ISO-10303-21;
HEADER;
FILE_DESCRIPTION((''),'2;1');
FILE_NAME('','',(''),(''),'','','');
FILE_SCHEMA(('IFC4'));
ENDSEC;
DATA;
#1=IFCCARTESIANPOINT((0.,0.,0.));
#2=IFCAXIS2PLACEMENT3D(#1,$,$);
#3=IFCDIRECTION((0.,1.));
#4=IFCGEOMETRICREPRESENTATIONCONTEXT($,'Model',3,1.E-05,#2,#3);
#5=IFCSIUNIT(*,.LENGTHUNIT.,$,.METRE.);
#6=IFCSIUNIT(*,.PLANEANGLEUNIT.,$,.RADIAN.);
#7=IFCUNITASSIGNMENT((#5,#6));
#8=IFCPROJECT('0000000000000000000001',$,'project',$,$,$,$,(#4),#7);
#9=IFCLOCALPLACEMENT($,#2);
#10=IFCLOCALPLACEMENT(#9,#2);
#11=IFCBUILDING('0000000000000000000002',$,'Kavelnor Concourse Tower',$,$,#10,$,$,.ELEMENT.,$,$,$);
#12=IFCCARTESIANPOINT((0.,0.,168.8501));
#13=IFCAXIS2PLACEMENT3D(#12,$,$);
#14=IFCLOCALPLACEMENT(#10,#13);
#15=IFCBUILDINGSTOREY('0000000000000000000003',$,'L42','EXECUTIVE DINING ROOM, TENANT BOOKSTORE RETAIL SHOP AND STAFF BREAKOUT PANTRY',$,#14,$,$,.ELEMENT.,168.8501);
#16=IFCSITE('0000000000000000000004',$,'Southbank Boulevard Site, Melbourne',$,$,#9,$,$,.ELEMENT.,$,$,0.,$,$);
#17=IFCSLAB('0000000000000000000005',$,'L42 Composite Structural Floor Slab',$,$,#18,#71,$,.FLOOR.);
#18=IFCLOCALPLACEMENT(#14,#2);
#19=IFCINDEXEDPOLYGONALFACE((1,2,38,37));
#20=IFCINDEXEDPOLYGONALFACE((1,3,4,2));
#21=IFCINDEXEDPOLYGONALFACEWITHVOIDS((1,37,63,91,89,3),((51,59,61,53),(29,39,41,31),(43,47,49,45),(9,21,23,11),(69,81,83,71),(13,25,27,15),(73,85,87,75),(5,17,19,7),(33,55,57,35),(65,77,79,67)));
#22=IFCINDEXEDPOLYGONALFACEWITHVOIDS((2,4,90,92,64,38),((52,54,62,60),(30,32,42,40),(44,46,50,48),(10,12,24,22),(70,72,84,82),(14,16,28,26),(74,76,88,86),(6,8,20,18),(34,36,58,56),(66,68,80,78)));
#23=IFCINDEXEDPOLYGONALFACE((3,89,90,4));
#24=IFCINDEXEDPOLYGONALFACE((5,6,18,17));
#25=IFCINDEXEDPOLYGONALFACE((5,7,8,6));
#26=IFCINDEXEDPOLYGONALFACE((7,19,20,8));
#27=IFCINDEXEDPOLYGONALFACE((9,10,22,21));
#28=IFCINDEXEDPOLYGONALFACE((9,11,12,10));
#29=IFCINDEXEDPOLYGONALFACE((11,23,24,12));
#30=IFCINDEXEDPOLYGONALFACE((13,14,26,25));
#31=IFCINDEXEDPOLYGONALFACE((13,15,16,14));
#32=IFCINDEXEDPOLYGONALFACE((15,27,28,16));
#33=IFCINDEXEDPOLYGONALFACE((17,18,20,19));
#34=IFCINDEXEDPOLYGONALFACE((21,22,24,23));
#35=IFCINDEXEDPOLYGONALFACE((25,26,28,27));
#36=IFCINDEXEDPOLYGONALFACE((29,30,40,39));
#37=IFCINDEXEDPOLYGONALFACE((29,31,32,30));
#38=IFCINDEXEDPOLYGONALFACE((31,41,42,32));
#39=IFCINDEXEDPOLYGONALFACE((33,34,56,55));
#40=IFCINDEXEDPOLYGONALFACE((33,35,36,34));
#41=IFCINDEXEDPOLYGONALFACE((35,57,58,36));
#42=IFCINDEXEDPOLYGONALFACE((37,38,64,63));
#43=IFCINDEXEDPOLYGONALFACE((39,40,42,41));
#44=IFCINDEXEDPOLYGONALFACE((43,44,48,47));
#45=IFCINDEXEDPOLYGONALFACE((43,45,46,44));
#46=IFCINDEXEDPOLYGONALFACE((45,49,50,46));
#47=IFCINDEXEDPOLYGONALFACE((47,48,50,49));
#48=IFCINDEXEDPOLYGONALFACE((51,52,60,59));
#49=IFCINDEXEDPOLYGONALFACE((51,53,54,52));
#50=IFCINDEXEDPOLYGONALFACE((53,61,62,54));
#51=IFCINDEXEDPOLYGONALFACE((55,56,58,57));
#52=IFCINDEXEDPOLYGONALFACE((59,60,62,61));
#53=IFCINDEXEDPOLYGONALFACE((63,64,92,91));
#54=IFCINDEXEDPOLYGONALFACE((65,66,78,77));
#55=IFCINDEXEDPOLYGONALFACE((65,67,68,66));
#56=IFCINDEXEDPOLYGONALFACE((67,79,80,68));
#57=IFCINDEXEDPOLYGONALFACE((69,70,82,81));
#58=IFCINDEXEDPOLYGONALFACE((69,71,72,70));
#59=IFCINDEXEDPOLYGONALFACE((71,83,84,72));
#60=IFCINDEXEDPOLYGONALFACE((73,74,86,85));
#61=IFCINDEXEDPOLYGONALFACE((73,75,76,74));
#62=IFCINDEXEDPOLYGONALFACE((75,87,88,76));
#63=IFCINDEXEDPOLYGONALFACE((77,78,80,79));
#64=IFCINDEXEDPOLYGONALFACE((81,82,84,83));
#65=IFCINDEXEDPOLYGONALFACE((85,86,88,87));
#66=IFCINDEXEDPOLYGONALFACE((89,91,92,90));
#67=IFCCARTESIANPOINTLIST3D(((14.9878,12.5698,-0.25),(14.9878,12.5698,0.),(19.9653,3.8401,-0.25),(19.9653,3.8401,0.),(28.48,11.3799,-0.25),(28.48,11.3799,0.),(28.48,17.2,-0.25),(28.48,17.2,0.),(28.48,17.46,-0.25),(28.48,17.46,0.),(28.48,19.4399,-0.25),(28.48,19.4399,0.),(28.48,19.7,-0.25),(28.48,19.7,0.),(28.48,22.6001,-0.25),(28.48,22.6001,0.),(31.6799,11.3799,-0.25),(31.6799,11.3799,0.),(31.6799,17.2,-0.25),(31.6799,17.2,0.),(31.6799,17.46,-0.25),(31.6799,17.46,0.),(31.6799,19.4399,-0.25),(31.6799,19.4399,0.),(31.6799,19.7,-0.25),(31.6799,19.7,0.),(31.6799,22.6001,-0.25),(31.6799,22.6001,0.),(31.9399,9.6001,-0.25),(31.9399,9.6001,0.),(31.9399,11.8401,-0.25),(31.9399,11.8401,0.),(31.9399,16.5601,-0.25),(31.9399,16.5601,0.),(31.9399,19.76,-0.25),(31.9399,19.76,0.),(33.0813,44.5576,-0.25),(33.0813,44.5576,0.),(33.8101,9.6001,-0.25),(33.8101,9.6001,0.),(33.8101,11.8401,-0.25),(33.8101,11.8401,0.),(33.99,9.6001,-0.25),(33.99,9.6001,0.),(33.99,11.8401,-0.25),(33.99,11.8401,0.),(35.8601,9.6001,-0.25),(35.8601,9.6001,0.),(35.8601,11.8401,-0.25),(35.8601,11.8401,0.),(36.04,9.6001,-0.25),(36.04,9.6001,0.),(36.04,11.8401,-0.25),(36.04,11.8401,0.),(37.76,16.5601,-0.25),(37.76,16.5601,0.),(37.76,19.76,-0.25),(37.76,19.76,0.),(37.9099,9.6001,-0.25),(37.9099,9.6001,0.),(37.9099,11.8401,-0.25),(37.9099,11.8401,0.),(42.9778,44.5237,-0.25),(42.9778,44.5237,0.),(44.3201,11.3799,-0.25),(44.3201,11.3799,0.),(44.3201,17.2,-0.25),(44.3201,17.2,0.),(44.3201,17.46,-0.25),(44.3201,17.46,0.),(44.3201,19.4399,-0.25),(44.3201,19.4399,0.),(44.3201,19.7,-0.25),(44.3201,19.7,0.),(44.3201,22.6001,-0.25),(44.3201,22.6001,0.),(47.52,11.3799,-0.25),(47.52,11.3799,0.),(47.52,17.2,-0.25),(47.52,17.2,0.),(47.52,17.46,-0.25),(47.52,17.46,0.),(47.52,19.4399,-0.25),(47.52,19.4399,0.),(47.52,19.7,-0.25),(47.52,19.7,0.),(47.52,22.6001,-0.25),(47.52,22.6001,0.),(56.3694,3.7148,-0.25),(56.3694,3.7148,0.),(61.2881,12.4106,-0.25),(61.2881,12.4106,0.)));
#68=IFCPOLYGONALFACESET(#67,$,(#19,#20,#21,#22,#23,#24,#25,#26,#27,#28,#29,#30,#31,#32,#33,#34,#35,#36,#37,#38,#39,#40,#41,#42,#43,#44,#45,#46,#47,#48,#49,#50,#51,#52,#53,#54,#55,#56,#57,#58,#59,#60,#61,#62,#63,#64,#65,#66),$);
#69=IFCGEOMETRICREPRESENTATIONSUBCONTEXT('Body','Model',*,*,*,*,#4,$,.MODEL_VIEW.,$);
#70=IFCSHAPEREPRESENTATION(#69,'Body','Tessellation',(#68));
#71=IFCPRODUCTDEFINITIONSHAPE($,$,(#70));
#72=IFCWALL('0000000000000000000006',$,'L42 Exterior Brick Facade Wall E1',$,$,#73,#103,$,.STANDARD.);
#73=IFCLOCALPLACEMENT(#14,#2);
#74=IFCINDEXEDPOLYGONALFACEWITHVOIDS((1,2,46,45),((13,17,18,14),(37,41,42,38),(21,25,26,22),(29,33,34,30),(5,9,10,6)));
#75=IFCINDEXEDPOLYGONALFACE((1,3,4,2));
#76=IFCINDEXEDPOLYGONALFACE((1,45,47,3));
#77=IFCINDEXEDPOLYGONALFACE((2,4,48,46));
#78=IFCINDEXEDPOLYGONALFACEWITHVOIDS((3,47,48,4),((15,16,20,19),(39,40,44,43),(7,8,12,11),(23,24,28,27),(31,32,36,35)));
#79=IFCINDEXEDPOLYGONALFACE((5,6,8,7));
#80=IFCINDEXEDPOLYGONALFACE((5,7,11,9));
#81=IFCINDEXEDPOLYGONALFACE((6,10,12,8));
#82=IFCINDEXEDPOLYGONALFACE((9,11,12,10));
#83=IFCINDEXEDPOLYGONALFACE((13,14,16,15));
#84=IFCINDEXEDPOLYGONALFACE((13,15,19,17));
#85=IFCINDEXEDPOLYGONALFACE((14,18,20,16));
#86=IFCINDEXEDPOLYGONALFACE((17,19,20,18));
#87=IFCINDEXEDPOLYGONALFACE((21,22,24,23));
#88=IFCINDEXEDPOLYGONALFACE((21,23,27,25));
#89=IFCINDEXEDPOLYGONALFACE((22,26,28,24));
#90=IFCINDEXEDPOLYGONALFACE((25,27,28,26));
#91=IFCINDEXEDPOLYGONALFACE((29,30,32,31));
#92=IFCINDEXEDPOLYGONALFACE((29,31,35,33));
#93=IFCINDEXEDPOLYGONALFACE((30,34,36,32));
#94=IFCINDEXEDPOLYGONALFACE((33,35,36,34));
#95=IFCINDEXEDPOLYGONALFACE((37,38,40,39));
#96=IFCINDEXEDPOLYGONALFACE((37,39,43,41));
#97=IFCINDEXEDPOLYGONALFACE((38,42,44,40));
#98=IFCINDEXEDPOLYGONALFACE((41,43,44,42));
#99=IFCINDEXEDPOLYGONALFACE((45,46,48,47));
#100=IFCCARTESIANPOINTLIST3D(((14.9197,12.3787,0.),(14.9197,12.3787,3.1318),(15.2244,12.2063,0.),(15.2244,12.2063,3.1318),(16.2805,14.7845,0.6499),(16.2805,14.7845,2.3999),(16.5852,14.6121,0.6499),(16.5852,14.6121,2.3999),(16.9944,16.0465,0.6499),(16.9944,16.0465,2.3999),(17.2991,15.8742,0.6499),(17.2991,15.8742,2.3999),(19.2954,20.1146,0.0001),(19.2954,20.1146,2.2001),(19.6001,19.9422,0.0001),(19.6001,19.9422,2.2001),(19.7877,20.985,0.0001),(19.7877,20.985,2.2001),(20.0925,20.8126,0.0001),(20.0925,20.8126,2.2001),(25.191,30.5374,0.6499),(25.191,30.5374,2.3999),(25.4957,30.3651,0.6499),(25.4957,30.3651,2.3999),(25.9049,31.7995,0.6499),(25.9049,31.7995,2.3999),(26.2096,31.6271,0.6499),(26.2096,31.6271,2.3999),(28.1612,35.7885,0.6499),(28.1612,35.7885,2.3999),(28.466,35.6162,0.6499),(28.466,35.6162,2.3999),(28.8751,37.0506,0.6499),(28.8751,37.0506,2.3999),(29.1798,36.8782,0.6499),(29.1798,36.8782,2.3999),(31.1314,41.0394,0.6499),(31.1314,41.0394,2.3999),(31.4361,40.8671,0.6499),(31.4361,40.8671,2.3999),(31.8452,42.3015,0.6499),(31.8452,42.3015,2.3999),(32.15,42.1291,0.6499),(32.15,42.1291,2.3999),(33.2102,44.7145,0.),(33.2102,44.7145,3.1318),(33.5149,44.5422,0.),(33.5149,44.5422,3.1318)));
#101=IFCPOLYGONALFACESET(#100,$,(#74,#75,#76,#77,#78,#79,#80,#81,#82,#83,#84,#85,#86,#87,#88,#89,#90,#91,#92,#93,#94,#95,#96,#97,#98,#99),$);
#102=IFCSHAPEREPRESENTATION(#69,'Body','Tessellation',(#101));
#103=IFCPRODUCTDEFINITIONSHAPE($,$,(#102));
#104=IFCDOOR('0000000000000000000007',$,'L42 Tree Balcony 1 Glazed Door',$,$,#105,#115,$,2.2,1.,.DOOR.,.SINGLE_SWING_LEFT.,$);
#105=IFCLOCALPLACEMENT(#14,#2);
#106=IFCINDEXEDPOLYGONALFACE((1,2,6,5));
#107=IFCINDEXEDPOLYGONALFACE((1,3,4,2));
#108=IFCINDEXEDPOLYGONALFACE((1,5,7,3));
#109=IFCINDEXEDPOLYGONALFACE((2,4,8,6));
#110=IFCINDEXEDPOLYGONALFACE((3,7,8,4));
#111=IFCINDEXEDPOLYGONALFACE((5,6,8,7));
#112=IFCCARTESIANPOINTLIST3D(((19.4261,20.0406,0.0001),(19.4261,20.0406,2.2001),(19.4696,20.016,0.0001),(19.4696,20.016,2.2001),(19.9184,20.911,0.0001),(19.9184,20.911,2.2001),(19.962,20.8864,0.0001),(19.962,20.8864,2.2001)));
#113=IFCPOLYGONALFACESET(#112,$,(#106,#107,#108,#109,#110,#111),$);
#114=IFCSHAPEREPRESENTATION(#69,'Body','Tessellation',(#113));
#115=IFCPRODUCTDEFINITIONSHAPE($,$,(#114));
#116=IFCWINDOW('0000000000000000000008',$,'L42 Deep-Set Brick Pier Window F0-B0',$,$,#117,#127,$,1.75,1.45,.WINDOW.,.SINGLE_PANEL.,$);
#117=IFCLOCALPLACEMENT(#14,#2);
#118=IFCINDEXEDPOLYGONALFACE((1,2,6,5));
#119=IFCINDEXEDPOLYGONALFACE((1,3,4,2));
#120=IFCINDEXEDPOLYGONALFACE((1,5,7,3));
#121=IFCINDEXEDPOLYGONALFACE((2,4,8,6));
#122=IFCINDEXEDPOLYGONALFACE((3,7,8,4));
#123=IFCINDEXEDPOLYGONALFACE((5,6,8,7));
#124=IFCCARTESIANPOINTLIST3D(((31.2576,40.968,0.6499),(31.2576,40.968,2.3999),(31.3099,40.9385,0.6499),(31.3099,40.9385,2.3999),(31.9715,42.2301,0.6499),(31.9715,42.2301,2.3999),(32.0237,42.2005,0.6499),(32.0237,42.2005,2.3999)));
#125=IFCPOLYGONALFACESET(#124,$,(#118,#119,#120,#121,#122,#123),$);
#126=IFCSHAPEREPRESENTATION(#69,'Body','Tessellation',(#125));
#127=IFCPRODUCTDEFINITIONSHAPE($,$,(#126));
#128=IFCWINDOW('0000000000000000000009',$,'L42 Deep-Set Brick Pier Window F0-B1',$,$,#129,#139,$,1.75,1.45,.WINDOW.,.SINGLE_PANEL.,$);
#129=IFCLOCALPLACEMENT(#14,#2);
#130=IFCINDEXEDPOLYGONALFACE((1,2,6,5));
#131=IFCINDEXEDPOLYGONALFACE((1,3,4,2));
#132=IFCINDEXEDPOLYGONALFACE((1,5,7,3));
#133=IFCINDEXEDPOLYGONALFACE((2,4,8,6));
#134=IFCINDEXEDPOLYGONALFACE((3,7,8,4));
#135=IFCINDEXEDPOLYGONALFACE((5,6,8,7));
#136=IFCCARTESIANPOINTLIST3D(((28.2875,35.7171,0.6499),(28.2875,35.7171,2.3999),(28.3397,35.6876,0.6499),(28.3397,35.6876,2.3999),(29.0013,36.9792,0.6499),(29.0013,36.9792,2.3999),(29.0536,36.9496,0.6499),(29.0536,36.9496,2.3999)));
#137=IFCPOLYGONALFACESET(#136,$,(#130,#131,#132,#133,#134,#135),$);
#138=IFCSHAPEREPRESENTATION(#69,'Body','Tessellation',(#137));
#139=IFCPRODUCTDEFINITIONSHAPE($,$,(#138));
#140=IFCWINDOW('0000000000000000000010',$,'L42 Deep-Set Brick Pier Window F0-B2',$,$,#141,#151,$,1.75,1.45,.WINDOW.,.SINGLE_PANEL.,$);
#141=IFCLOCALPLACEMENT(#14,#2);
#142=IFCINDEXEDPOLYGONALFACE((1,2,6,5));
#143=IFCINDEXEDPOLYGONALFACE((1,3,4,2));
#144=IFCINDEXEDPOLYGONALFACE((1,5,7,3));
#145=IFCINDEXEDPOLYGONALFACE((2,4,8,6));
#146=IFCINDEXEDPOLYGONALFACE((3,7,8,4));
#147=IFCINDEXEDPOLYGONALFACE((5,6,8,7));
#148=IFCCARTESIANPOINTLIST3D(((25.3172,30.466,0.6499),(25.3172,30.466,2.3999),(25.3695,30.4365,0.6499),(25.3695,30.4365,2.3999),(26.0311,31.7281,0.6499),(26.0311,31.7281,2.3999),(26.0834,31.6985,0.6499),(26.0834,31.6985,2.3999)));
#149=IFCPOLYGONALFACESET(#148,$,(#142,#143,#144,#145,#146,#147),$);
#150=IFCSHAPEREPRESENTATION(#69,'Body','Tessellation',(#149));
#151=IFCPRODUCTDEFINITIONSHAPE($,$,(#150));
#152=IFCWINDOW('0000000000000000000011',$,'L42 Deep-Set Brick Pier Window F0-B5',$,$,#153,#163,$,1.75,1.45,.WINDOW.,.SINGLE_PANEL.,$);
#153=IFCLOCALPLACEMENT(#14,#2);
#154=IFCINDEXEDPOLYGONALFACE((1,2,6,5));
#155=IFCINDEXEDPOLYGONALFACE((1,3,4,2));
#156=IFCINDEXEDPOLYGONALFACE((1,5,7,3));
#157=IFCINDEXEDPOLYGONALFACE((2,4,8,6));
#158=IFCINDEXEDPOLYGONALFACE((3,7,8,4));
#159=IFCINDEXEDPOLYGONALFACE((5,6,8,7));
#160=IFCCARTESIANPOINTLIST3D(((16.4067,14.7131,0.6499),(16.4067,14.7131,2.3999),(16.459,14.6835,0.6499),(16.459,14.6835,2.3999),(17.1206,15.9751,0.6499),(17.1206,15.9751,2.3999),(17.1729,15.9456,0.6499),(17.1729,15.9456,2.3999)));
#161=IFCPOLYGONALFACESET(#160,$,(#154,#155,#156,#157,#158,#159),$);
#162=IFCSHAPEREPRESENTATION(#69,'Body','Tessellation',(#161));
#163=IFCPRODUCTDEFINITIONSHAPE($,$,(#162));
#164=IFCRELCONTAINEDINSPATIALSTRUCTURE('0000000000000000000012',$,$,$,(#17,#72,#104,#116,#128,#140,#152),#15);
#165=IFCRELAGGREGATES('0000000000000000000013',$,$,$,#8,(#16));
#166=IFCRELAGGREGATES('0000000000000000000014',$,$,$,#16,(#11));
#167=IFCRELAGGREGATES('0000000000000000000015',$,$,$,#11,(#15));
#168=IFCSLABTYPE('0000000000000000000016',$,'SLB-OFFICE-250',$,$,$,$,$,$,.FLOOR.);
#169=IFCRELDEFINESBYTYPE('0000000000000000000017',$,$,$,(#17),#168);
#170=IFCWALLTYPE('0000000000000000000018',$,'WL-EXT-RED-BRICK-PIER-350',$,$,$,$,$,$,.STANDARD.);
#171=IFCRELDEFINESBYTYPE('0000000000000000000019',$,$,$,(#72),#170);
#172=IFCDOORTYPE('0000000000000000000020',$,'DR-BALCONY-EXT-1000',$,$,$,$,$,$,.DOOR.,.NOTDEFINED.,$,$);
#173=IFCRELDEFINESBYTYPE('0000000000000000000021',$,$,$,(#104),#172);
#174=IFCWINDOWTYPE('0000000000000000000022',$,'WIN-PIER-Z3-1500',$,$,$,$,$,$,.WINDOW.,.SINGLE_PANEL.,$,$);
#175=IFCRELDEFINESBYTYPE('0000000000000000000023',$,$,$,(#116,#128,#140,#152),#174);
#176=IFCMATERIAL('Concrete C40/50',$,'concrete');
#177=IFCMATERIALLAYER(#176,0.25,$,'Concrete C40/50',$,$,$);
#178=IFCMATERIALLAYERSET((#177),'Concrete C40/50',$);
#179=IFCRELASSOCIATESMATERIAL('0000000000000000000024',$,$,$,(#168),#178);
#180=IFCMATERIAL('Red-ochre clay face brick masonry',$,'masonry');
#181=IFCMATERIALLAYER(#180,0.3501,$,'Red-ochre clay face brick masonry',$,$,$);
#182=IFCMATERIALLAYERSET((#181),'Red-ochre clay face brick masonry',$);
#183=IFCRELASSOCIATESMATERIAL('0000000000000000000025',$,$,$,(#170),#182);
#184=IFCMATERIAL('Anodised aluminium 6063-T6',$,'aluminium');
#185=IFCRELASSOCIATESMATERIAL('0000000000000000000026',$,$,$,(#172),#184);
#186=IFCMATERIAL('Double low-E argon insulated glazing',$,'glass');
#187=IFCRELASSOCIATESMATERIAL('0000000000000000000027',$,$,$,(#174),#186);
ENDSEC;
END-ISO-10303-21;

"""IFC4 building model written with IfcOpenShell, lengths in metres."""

from ifc_helpers import new_model, si_unit, direction, frame, frame_2d, origin, place, context, subcontext, project, spatial, polyline, rectangle, outline, extrude, material, layer, layer_set, type_object, element, fill, save


model = new_model("IFC4")

# Units and contexts
model_context = context("Model", 3, precision=1e-05, world=origin(), true_north=direction((0.0, 1.0)))
body_context = subcontext(model_context, "Body", "Model", "MODEL_VIEW")
ifc_project = project(units=[si_unit("LENGTHUNIT", "METRE"), si_unit("PLANEANGLEUNIT", "RADIAN")], contexts=[model_context])

# Site, building, storey
site_placement = place(None, origin())
site = spatial("IfcSite", under=ifc_project, at=site_placement, Name="Southbank Boulevard Site, Melbourne", CompositionType="ELEMENT", RefElevation=0.0)
building_placement = place(site_placement, origin())
building = spatial("IfcBuilding", under=site, at=building_placement, Name="Kavelnor Concourse Tower", CompositionType="ELEMENT")
storey_placement = place(building_placement, frame((0.0, 0.0, 168.8501)))
storey = spatial("IfcBuildingStorey", under=building, at=storey_placement, Name="L42", Description="EXECUTIVE DINING ROOM, TENANT BOOKSTORE RETAIL SHOP AND STAFF BREAKOUT PANTRY", CompositionType="ELEMENT", Elevation=168.8501)

# Shared definitions
ifc_material_1 = material(Name="Concrete C40/50", Category="concrete")

# Slab
ifc_layer_1 = layer(ifc_material_1, 0.25, Name="Concrete C40/50")
ifc_layer_set_1 = layer_set([ifc_layer_1], Name="Concrete C40/50")
slab_type_1 = type_object("IfcSlabType", Name="SLB-OFFICE-250", PredefinedType="FLOOR", material=ifc_layer_set_1)
slab_1_placement = place(storey_placement, frame((0.0, 0.0, -0.25)))
element("IfcSlab", 1, at=slab_1_placement, inside=storey, type_object=slab_type_1, Name="L42 Composite Structural Floor Slab", PredefinedType="FLOOR", context=body_context, shape_type="SweptSolid", body=[
    extrude(outline(polyline([(42.9778, 44.5237), (33.0813, 44.5576), (14.9878, 12.5698), (19.9653, 3.8401), (56.3694, 3.7148), (61.2881, 12.4106), (42.9778, 44.5237)]), holes=[polyline([(28.48, 11.3799), (31.6799, 11.3799), (31.6799, 17.2), (28.48, 17.2), (28.48, 11.3799)]), polyline([(44.3201, 11.3799), (47.52, 11.3799), (47.52, 17.2), (44.3201, 17.2), (44.3201, 11.3799)]), polyline([(31.9399, 16.5601), (37.76, 16.5601), (37.76, 19.76), (31.9399, 19.76), (31.9399, 16.5601)]), polyline([(28.48, 19.7), (31.6799, 19.7), (31.6799, 22.6001), (28.48, 22.6001), (28.48, 19.7)]), polyline([(44.3201, 19.7), (47.52, 19.7), (47.52, 22.6001), (44.3201, 22.6001), (44.3201, 19.7)]), polyline([(31.9399, 9.6001), (33.8101, 9.6001), (33.8101, 11.8401), (31.9399, 11.8401), (31.9399, 9.6001)]), polyline([(33.99, 9.6001), (35.8601, 9.6001), (35.8601, 11.8401), (33.99, 11.8401), (33.99, 9.6001)]), polyline([(36.04, 9.6001), (37.9099, 9.6001), (37.9099, 11.8401), (36.04, 11.8401), (36.04, 9.6001)]), polyline([(28.48, 17.46), (31.6799, 17.46), (31.6799, 19.4399), (28.48, 19.4399), (28.48, 17.46)]), polyline([(44.3201, 17.46), (47.52, 17.46), (47.52, 19.4399), (44.3201, 19.4399), (44.3201, 17.46)])]), origin(), (0.0, 0.0, 1.0), 0.25),
])

# Wall, openings, door, windows
ifc_material_2 = material(Name="Red-ochre clay face brick masonry", Category="masonry")
ifc_layer_2 = layer(ifc_material_2, 0.3501, Name="Red-ochre clay face brick masonry")
ifc_layer_set_2 = layer_set([ifc_layer_2], Name="Red-ochre clay face brick masonry")
wall_type = type_object("IfcWallType", Name="WL-EXT-RED-BRICK-PIER-350", PredefinedType="STANDARD", material=ifc_layer_set_2)
wall_placement = place(storey_placement, frame((15.072, 12.2925, 0.0), z_axis=(0.0, 0.0, 1.0), x_axis=(0.492337, 0.870405, 0.0)))
wall = element("IfcWall", 2, at=wall_placement, inside=storey, type_object=wall_type, Name="L42 Exterior Brick Facade Wall E1", PredefinedType="STANDARD", context=body_context, shape_type="SweptSolid", body=[
    extrude(rectangle(XDim=37.1504, YDim=0.3501, at=frame_2d((18.5752, 0.0))), origin(), (0.0, 0.0, 1.0), 3.1318),
])
opening_1_placement = place(wall_placement, frame((8.8877, 0.0, 0.0)))
opening_1 = element("IfcOpeningElement", 3, at=opening_1_placement, cuts=wall, PredefinedType="OPENING", context=body_context, shape_type="SweptSolid", body=[
    extrude(rectangle(XDim=1.0, YDim=2.2, at=frame_2d((0.5, 1.1001))), frame((0.0, 0.1851, 0.0), z_axis=(0.0, -1.0, 0.0), x_axis=(1.0, 0.0, 0.0)), (0.0, 0.0, 1.0), 0.3701),
])
opening_2_placement = place(wall_placement, frame((32.928, 0.0, 0.6499)))
opening_2 = element("IfcOpeningElement", 4, at=opening_2_placement, cuts=wall, PredefinedType="OPENING", context=body_context, shape_type="SweptSolid", body=[
    extrude(rectangle(XDim=1.45, YDim=1.75, at=frame_2d((0.7251, 0.875))), frame((0.0, 0.1851, 0.0), z_axis=(0.0, -1.0, 0.0), x_axis=(1.0, 0.0, 0.0)), (0.0, 0.0, 1.0), 0.3701),
])
opening_3_placement = place(wall_placement, frame((26.8953, 0.0, 0.6499)))
opening_3 = element("IfcOpeningElement", 5, at=opening_3_placement, cuts=wall, PredefinedType="OPENING", context=body_context, shape_type="SweptSolid", body=[
    extrude(rectangle(XDim=1.45, YDim=1.75, at=frame_2d((0.7251, 0.875))), frame((0.0, 0.1851, 0.0), z_axis=(0.0, -1.0, 0.0), x_axis=(1.0, 0.0, 0.0)), (0.0, 0.0, 1.0), 0.3701),
])
opening_4_placement = place(wall_placement, frame((20.8623, 0.0, 0.6499)))
opening_4 = element("IfcOpeningElement", 6, at=opening_4_placement, cuts=wall, PredefinedType="OPENING", context=body_context, shape_type="SweptSolid", body=[
    extrude(rectangle(XDim=1.45, YDim=1.75, at=frame_2d((0.7251, 0.875))), frame((0.0, 0.1851, 0.0), z_axis=(0.0, -1.0, 0.0), x_axis=(1.0, 0.0, 0.0)), (0.0, 0.0, 1.0), 0.3701),
])
opening_5_placement = place(wall_placement, frame((2.7639, 0.0, 0.6499)))
opening_5 = element("IfcOpeningElement", 7, at=opening_5_placement, cuts=wall, PredefinedType="OPENING", context=body_context, shape_type="SweptSolid", body=[
    extrude(rectangle(XDim=1.45, YDim=1.75, at=frame_2d((0.7251, 0.875))), frame((0.0, 0.1851, 0.0), z_axis=(0.0, -1.0, 0.0), x_axis=(1.0, 0.0, 0.0)), (0.0, 0.0, 1.0), 0.3701),
])
ifc_material_3 = material(Name="Anodised aluminium 6063-T6", Category="aluminium")
door_type = type_object("IfcDoorType", Name="DR-BALCONY-EXT-1000", OperationType="NOTDEFINED", PredefinedType="DOOR", material=ifc_material_3)
door_placement = place(opening_1_placement, origin())
door = element("IfcDoor", 8, at=door_placement, inside=storey, type_object=door_type, Name="L42 Tree Balcony 1 Glazed Door", OperationType="SINGLE_SWING_LEFT", OverallHeight=2.2, OverallWidth=1.0, PredefinedType="DOOR", context=body_context, shape_type="SweptSolid", body=[
    extrude(rectangle(XDim=1.0, YDim=2.2, at=frame_2d((0.5, 1.1001))), frame((0.0, 0.0249, 0.0), z_axis=(0.0, -1.0, 0.0), x_axis=(1.0, 0.0, 0.0)), (0.0, 0.0, 1.0), 0.05),
])
fill(opening_1, door)
ifc_material_4 = material(Name="Double low-E argon insulated glazing", Category="glass")
window_type = type_object("IfcWindowType", Name="WIN-PIER-Z3-1500", PartitioningType="SINGLE_PANEL", PredefinedType="WINDOW", material=ifc_material_4)
window_1_placement = place(opening_2_placement, origin())
window_1 = element("IfcWindow", 9, at=window_1_placement, inside=storey, type_object=window_type, Name="L42 Deep-Set Brick Pier Window F0-B0", OverallHeight=1.75, OverallWidth=1.45, PartitioningType="SINGLE_PANEL", PredefinedType="WINDOW", context=body_context, shape_type="SweptSolid", body=[
    extrude(rectangle(XDim=1.45, YDim=1.75, at=frame_2d((0.7251, 0.875))), frame((0.0, 0.03, 0.0), z_axis=(0.0, -1.0, 0.0), x_axis=(1.0, 0.0, 0.0)), (0.0, 0.0, 1.0), 0.0601),
])
fill(opening_2, window_1)
window_2_placement = place(opening_3_placement, origin())
window_2 = element("IfcWindow", 10, at=window_2_placement, inside=storey, type_object=window_type, Name="L42 Deep-Set Brick Pier Window F0-B1", OverallHeight=1.75, OverallWidth=1.45, PartitioningType="SINGLE_PANEL", PredefinedType="WINDOW", context=body_context, shape_type="SweptSolid", body=[
    extrude(rectangle(XDim=1.45, YDim=1.75, at=frame_2d((0.7251, 0.875))), frame((0.0, 0.03, 0.0), z_axis=(0.0, -1.0, 0.0), x_axis=(1.0, 0.0, 0.0)), (0.0, 0.0, 1.0), 0.0601),
])
fill(opening_3, window_2)
window_3_placement = place(opening_4_placement, origin())
window_3 = element("IfcWindow", 11, at=window_3_placement, inside=storey, type_object=window_type, Name="L42 Deep-Set Brick Pier Window F0-B2", OverallHeight=1.75, OverallWidth=1.45, PartitioningType="SINGLE_PANEL", PredefinedType="WINDOW", context=body_context, shape_type="SweptSolid", body=[
    extrude(rectangle(XDim=1.45, YDim=1.75, at=frame_2d((0.7251, 0.875))), frame((0.0, 0.03, 0.0), z_axis=(0.0, -1.0, 0.0), x_axis=(1.0, 0.0, 0.0)), (0.0, 0.0, 1.0), 0.0601),
])
fill(opening_4, window_3)
window_4_placement = place(opening_5_placement, origin())
window_4 = element("IfcWindow", 12, at=window_4_placement, inside=storey, type_object=window_type, Name="L42 Deep-Set Brick Pier Window F0-B5", OverallHeight=1.75, OverallWidth=1.45, PartitioningType="SINGLE_PANEL", PredefinedType="WINDOW", context=body_context, shape_type="SweptSolid", body=[
    extrude(rectangle(XDim=1.45, YDim=1.75, at=frame_2d((0.7251, 0.875))), frame((0.0, 0.03, 0.0), z_axis=(0.0, -1.0, 0.0), x_axis=(1.0, 0.0, 0.0)), (0.0, 0.0, 1.0), 0.0601),
])
fill(opening_5, window_4)

save(model, "model.ifc")
